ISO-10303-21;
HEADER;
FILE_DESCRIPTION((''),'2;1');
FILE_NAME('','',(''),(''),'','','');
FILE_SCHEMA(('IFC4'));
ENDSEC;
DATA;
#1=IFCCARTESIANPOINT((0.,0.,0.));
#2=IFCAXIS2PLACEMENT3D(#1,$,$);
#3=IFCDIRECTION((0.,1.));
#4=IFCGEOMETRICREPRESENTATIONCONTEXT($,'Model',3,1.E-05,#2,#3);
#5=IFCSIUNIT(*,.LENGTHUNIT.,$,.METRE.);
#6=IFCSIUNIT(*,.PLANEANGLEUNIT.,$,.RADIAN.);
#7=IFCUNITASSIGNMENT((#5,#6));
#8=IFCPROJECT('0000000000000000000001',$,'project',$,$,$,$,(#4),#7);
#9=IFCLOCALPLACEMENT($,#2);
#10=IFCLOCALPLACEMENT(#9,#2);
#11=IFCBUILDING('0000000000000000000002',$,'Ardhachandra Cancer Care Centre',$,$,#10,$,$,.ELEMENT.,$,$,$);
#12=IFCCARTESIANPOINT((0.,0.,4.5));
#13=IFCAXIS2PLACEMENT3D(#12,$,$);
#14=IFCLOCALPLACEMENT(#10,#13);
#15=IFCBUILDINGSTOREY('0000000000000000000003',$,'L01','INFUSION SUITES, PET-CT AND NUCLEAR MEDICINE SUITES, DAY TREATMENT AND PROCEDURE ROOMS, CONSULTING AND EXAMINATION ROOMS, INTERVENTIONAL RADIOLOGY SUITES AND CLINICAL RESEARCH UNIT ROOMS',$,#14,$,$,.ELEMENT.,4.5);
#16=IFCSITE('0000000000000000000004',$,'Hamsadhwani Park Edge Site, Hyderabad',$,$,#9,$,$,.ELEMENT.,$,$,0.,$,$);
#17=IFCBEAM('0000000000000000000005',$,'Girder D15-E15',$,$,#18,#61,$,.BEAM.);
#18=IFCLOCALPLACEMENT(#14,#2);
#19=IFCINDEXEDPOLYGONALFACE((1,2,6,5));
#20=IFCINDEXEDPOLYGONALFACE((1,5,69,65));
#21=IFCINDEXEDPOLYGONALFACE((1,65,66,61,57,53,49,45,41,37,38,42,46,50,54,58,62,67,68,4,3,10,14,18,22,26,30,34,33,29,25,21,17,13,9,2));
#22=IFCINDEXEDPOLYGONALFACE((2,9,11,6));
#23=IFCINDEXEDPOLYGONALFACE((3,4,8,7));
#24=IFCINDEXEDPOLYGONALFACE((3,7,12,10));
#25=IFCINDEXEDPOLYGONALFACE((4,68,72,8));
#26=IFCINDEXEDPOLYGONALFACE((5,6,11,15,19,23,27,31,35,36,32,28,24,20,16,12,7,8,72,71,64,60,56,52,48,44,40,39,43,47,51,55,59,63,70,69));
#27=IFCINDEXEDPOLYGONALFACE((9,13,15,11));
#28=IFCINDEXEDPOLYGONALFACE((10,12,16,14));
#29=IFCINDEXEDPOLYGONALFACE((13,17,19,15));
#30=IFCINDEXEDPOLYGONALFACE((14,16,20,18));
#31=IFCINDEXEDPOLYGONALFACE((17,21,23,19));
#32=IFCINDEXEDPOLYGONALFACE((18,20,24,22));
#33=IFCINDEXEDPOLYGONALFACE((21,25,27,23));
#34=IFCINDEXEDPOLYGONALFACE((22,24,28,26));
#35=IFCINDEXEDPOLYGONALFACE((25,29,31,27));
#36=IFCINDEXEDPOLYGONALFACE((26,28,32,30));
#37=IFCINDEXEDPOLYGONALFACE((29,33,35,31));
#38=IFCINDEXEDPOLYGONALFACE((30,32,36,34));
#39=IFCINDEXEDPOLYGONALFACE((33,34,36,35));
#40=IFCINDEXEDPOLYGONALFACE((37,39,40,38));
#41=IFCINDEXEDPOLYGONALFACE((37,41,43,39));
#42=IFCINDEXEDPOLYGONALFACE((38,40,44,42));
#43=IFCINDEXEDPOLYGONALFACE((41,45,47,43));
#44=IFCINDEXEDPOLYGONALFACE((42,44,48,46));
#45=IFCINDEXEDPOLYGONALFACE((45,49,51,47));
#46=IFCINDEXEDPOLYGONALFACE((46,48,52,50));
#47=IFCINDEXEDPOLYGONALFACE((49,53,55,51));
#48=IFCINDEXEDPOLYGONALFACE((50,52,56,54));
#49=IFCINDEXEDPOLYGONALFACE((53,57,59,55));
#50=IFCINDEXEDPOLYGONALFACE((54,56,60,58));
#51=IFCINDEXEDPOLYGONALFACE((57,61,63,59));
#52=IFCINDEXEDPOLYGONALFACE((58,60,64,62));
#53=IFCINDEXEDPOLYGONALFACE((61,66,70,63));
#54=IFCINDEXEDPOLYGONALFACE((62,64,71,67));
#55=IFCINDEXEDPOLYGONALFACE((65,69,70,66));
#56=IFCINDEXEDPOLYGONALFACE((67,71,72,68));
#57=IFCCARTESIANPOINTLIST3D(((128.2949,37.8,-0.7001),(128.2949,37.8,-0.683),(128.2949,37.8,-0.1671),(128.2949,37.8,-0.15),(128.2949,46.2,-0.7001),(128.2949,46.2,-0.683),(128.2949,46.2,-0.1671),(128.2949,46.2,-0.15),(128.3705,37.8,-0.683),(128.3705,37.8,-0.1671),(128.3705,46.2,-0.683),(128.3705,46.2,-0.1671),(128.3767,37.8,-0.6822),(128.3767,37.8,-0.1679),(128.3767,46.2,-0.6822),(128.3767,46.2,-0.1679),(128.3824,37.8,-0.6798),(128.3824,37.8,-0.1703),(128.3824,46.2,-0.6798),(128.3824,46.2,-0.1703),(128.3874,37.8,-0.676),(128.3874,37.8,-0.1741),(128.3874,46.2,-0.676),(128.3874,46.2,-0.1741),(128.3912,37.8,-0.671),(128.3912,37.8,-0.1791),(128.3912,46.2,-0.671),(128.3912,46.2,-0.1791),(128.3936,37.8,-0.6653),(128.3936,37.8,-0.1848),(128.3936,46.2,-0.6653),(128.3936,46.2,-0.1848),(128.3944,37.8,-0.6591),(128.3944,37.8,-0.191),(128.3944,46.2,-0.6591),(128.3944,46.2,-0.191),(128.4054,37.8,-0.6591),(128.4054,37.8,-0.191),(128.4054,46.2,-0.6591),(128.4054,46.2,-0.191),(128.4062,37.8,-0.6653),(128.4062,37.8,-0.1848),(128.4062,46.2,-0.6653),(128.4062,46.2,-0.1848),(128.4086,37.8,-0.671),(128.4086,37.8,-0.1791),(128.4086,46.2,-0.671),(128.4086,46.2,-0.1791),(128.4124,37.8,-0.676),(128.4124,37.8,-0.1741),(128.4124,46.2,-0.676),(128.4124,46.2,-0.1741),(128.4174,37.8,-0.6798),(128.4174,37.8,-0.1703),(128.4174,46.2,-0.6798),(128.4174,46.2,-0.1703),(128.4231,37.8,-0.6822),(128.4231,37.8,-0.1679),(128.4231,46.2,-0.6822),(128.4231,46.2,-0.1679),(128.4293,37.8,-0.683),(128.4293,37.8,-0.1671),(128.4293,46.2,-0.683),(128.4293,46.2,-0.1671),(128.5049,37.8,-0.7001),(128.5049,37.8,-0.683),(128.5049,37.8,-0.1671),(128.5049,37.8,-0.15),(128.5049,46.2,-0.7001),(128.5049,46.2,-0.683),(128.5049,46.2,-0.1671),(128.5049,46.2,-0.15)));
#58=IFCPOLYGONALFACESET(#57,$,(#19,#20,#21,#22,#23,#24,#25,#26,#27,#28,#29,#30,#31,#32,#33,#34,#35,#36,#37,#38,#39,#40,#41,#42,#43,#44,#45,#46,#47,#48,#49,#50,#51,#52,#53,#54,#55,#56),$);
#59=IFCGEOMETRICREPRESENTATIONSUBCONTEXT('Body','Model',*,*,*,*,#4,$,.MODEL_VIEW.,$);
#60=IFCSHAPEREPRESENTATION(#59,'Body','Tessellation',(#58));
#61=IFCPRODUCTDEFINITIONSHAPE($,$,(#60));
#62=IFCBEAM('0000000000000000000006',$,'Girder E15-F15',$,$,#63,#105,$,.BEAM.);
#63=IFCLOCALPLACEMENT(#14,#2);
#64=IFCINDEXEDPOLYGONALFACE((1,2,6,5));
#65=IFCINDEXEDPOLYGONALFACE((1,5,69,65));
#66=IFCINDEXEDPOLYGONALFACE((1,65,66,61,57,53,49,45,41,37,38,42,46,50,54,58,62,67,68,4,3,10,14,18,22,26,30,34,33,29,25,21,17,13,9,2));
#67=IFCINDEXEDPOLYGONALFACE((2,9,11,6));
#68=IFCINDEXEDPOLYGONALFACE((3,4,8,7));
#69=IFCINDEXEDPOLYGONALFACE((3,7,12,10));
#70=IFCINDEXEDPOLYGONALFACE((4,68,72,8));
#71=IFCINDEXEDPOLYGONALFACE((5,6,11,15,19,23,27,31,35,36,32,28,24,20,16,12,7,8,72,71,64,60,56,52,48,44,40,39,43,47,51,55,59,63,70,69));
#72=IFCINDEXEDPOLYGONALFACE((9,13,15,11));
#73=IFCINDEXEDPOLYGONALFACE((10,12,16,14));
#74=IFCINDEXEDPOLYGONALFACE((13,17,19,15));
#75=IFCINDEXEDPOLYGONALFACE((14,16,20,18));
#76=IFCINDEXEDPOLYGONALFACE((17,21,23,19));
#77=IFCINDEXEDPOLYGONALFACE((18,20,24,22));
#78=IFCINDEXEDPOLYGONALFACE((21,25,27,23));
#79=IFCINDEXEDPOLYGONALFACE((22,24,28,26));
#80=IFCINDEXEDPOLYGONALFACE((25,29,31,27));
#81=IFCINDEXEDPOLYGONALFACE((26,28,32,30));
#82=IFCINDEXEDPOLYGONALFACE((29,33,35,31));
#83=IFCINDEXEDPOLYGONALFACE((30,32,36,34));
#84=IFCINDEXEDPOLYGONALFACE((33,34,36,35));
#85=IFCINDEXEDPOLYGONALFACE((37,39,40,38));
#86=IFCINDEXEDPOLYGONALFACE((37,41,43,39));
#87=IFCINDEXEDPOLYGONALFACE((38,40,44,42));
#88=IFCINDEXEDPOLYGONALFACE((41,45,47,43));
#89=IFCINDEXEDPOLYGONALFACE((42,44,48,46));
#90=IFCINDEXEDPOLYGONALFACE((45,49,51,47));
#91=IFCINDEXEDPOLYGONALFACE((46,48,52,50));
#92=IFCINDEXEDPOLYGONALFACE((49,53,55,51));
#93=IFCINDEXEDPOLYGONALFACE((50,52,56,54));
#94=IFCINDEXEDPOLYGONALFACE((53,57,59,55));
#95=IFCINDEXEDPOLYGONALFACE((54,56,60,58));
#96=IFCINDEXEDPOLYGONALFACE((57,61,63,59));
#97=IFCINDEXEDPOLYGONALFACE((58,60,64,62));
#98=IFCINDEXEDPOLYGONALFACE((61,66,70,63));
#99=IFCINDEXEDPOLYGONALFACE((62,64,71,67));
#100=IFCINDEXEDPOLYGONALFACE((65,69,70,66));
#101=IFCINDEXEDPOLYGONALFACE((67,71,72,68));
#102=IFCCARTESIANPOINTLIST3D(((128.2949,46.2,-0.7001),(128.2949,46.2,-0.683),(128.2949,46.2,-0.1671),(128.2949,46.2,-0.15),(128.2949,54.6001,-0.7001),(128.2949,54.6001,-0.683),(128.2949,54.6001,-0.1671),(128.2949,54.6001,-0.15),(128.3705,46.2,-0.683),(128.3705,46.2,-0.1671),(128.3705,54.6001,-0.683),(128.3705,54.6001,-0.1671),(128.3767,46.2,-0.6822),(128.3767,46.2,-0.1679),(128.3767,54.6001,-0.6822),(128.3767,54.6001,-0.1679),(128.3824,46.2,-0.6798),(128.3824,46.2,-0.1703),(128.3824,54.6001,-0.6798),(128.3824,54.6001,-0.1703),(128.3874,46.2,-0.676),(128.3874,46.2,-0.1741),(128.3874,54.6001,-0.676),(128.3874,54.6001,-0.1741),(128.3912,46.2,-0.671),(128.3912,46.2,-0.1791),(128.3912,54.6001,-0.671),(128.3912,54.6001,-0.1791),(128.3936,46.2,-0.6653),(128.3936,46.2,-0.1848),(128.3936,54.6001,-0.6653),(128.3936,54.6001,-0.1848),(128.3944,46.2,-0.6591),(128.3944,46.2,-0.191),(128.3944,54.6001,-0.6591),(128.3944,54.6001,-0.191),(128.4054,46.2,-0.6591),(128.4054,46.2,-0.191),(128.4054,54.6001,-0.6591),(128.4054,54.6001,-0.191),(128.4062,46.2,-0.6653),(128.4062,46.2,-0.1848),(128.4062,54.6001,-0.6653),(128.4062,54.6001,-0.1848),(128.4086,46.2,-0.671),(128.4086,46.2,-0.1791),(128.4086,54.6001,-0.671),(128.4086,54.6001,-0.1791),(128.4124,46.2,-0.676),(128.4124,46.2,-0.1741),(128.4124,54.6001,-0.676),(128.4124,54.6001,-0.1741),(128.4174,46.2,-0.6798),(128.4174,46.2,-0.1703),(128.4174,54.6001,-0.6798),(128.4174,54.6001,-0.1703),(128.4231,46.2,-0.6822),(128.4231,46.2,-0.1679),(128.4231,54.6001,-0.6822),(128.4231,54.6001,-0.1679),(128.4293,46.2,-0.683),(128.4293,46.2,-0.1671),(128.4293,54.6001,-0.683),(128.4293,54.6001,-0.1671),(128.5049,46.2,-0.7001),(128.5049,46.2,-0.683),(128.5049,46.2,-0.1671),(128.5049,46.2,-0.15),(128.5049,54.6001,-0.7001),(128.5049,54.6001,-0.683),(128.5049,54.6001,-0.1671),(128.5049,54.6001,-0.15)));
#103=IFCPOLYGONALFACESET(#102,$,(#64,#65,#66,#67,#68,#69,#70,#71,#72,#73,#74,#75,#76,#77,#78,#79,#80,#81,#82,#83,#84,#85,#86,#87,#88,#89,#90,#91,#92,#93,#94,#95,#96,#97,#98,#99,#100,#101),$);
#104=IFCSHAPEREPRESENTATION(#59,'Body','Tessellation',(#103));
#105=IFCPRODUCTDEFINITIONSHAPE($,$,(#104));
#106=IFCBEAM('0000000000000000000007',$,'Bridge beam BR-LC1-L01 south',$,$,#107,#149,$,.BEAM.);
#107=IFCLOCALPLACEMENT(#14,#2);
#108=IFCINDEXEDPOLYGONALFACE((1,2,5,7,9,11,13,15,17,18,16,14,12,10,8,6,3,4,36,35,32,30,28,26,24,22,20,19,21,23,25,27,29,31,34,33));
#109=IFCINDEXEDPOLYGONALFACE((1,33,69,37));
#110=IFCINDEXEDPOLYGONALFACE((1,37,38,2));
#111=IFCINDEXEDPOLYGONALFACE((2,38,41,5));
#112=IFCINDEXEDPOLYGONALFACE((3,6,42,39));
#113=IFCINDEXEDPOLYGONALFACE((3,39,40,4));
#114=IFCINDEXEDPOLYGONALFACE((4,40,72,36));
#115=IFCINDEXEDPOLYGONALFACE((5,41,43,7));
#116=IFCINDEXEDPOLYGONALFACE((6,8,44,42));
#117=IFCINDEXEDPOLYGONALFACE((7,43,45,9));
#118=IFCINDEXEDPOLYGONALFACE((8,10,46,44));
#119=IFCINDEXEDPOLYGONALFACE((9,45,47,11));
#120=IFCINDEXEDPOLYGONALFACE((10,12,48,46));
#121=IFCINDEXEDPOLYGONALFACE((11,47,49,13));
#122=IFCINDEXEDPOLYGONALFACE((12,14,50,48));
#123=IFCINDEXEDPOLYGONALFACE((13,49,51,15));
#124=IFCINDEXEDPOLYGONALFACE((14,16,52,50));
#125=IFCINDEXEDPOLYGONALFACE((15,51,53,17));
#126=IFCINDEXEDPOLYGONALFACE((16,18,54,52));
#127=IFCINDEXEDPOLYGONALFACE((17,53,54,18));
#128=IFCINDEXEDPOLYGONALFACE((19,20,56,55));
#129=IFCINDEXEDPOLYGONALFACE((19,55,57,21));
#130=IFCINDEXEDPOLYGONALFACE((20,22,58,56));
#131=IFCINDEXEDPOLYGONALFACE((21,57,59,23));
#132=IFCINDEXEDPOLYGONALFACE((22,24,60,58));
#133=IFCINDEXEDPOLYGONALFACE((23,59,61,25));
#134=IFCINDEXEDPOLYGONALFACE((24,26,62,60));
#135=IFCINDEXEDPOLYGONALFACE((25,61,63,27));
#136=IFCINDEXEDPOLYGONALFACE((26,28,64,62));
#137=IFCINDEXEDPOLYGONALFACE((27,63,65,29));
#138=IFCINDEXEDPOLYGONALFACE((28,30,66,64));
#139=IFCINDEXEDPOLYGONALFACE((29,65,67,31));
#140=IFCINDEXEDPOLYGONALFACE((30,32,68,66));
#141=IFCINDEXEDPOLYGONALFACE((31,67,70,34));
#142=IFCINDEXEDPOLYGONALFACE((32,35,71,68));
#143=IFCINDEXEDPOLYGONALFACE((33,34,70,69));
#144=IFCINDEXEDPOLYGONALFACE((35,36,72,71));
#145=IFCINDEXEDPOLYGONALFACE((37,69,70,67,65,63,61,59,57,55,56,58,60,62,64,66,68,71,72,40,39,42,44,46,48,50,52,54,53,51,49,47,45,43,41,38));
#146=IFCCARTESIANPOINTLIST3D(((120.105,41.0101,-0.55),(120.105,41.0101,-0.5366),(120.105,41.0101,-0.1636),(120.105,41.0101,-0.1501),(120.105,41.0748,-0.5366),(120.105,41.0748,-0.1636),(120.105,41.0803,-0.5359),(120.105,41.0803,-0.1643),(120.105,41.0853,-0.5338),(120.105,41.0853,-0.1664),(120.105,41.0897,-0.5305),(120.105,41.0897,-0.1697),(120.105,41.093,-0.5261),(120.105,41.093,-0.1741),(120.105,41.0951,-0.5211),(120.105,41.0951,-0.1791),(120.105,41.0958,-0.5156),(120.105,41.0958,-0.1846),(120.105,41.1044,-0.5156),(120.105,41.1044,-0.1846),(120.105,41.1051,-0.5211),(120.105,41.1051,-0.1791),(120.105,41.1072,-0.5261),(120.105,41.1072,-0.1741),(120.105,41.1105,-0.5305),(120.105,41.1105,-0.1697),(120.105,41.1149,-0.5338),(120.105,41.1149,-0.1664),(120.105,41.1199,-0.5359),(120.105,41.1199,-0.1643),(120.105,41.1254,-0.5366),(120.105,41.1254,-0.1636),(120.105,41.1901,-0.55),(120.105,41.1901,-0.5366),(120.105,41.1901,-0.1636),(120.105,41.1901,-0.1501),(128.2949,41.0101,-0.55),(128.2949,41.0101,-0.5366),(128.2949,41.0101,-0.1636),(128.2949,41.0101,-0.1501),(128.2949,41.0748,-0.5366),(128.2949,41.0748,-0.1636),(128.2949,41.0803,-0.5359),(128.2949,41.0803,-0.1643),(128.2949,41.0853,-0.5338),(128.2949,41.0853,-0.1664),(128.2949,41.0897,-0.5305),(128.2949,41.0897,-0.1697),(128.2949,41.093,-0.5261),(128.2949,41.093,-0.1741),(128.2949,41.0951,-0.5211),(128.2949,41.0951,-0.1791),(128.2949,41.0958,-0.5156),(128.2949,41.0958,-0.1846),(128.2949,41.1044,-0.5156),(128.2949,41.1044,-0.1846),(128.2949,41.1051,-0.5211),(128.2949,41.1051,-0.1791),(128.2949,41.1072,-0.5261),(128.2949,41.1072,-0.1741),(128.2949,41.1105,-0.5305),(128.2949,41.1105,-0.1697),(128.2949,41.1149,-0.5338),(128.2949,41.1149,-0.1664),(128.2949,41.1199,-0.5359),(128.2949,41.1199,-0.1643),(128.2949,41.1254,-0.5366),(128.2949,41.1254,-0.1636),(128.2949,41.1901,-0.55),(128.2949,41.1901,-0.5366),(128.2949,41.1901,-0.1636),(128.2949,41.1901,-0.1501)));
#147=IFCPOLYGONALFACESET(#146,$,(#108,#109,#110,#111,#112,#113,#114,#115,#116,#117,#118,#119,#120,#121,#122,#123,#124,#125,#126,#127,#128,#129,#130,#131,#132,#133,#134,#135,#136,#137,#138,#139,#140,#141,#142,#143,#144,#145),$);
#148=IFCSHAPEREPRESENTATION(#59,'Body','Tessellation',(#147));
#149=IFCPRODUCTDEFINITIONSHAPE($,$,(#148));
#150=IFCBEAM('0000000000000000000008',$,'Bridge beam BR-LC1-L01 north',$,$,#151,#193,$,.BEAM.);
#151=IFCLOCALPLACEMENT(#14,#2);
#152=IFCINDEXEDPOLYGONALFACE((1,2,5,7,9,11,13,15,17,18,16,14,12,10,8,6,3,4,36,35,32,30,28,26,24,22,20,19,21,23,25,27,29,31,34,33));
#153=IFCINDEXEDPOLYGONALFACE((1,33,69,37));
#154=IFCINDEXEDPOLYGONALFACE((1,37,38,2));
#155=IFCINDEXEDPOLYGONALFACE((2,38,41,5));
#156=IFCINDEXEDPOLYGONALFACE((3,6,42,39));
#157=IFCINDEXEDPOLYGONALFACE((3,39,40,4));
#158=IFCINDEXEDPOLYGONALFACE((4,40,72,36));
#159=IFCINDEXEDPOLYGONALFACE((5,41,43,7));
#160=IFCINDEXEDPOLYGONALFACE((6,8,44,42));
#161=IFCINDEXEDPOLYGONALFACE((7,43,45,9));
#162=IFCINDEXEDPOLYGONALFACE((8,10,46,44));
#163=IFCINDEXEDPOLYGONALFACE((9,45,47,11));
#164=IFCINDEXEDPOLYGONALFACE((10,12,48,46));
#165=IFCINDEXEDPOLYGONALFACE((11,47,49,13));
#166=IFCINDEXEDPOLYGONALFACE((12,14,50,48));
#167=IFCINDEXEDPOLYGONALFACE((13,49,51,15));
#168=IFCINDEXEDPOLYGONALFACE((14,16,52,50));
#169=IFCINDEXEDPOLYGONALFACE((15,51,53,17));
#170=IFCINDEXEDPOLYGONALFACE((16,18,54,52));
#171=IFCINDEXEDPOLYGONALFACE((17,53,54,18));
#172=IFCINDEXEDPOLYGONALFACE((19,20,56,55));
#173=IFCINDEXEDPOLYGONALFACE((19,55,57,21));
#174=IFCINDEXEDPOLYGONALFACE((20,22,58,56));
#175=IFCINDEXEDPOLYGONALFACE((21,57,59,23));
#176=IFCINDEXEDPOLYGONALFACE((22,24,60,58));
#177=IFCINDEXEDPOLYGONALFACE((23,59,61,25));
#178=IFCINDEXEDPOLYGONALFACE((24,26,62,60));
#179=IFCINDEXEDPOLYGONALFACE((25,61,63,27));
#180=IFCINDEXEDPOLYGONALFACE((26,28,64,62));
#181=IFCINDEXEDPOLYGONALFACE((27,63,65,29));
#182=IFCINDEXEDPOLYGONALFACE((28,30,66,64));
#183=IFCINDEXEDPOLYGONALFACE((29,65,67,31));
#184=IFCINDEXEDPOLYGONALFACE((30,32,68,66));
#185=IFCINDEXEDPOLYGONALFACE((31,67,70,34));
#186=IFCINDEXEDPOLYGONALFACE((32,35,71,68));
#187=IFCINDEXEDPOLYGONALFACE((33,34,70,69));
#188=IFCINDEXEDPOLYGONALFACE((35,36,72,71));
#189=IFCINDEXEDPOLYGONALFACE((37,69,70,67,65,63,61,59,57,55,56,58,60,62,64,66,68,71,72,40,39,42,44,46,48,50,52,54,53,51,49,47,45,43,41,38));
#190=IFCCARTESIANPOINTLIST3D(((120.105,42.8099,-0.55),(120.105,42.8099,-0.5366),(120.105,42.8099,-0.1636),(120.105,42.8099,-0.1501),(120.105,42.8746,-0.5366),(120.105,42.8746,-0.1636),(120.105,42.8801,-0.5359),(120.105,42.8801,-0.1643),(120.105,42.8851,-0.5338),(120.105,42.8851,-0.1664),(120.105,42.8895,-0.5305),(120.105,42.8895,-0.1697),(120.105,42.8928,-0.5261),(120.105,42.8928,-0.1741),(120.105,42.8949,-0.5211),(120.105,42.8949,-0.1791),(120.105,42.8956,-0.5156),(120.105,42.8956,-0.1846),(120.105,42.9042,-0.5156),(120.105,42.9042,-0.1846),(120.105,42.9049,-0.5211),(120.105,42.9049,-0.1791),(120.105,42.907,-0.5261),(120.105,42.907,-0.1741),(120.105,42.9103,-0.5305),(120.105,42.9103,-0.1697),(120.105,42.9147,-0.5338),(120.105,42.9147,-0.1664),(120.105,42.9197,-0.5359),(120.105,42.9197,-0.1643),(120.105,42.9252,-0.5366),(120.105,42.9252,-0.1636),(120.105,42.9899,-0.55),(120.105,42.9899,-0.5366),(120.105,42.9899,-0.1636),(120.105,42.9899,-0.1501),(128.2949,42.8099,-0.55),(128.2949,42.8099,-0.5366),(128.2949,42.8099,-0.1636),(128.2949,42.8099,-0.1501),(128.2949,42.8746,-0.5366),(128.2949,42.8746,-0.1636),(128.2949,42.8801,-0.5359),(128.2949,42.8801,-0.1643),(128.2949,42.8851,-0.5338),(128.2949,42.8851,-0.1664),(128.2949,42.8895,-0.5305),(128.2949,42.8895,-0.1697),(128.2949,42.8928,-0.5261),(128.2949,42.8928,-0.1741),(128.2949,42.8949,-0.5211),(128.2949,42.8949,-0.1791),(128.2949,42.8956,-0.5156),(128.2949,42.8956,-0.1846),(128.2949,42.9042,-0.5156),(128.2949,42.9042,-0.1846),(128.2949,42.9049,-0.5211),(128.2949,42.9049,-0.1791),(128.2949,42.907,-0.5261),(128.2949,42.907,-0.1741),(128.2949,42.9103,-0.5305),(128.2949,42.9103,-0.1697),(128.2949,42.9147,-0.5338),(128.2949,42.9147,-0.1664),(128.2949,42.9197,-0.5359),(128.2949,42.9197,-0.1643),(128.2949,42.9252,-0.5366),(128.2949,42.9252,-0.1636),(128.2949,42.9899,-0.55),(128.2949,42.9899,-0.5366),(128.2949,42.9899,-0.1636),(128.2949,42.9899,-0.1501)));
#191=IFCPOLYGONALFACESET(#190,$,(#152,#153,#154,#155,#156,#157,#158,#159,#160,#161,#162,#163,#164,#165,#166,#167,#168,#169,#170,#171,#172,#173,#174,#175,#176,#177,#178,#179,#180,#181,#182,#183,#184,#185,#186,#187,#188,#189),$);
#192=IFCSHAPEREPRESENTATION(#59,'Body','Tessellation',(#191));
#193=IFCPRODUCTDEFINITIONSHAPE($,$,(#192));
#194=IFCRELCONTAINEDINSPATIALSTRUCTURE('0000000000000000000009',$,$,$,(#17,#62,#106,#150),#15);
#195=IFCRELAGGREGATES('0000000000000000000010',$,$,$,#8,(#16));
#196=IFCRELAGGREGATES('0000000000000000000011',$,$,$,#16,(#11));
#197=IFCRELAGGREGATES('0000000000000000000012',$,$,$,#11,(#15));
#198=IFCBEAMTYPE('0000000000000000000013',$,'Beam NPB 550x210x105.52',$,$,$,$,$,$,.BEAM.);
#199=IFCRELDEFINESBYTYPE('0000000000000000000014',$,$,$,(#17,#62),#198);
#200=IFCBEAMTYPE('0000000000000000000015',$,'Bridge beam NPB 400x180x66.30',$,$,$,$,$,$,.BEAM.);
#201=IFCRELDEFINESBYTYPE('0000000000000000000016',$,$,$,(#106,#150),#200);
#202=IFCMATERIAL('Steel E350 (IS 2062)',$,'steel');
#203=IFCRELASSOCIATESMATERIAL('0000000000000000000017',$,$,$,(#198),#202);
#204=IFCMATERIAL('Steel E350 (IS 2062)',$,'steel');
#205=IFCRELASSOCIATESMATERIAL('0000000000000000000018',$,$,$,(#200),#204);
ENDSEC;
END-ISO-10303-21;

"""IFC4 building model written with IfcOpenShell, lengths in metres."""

from ifc_helpers import new_model, si_unit, direction, frame, origin, origin_2d, place, context, subcontext, project, spatial, i_section, extrude, material, material_profile, profile_set, type_object, element, save


model = new_model("IFC4")

# Units and contexts
model_context = context("Model", 3, precision=1e-05, world=origin(), true_north=direction((0.0, 1.0)))
body_context = subcontext(model_context, "Body", "Model", "MODEL_VIEW")
ifc_project = project(units=[si_unit("LENGTHUNIT", "METRE"), si_unit("PLANEANGLEUNIT", "RADIAN")], contexts=[model_context])

# Site, building, storey
site_placement = place(None, origin())
site = spatial("IfcSite", under=ifc_project, at=site_placement, Name="Hamsadhwani Park Edge Site, Hyderabad", CompositionType="ELEMENT", RefElevation=0.0)
building_placement = place(site_placement, origin())
building = spatial("IfcBuilding", under=site, at=building_placement, Name="Ardhachandra Cancer Care Centre", CompositionType="ELEMENT")
storey_placement = place(building_placement, frame((0.0, 0.0, 4.5)))
storey = spatial("IfcBuildingStorey", under=building, at=storey_placement, Name="L01", Description="INFUSION SUITES, PET-CT AND NUCLEAR MEDICINE SUITES, DAY TREATMENT AND PROCEDURE ROOMS, CONSULTING AND EXAMINATION ROOMS, INTERVENTIONAL RADIOLOGY SUITES AND CLINICAL RESEARCH UNIT ROOMS", CompositionType="ELEMENT", Elevation=4.5)

# Beams
ifc_material_1 = material(Name="Steel E350 (IS 2062)", Category="steel")
ifc_material_profile_1 = material_profile(ifc_material_1, i_section(OverallWidth=0.21, OverallDepth=0.55, WebThickness=0.011, FlangeThickness=0.0171, FilletRadius=0.0239, at=origin_2d()), Name="NPB 550x210x105.52")
ifc_profile_set_1 = profile_set([ifc_material_profile_1], Name="Steel E350 (IS 2062)")
beam_type_1 = type_object("IfcBeamType", Name="Beam NPB 550x210x105.52", PredefinedType="BEAM", material=ifc_profile_set_1)
beam_1_placement = place(storey_placement, frame((128.3999, 37.8, -0.425), z_axis=(0.0, 1.0, 0.0), x_axis=(-1.0, 0.0, 0.0)))
element("IfcBeam", 1, at=beam_1_placement, inside=storey, type_object=beam_type_1, Name="Girder D15-E15", PredefinedType="BEAM", context=body_context, shape_type="SweptSolid", body=[
    extrude(i_section(OverallWidth=0.21, OverallDepth=0.55, WebThickness=0.011, FlangeThickness=0.0171, FilletRadius=0.0239, at=origin_2d()), origin(), (0.0, 0.0, 1.0), 8.3999),
])
beam_2_placement = place(storey_placement, frame((128.3999, 46.2, -0.425), z_axis=(0.0, 1.0, 0.0), x_axis=(-1.0, 0.0, 0.0)))
element("IfcBeam", 2, at=beam_2_placement, inside=storey, type_object=beam_type_1, Name="Girder E15-F15", PredefinedType="BEAM", context=body_context, shape_type="SweptSolid", body=[
    extrude(i_section(OverallWidth=0.21, OverallDepth=0.55, WebThickness=0.011, FlangeThickness=0.0171, FilletRadius=0.0239, at=origin_2d()), origin(), (0.0, 0.0, 1.0), 8.4001),
])
ifc_material_2 = material(Name="Steel E350 (IS 2062)", Category="steel")
ifc_material_profile_2 = material_profile(ifc_material_2, i_section(OverallWidth=0.1799, OverallDepth=0.3999, WebThickness=0.0085, FlangeThickness=0.0134, FilletRadius=0.021, at=origin_2d()), Name="NPB 400x180x66.30")
ifc_profile_set_2 = profile_set([ifc_material_profile_2], Name="Steel E350 (IS 2062)")
beam_type_2 = type_object("IfcBeamType", Name="Bridge beam NPB 400x180x66.30", PredefinedType="BEAM", material=ifc_profile_set_2)
for number, where, z_axis, x_axis, name in (
    (3, (120.105, 41.1001, -0.3501), (1.0, 0.0, 0.0), (0.0, 1.0, 0.0), "Bridge beam BR-LC1-L01 south"),
    (4, (120.105, 42.8999, -0.3501), (1.0, 0.0, 0.0), (0.0, 1.0, 0.0), "Bridge beam BR-LC1-L01 north"),
):
    element("IfcBeam", number, at=place(storey_placement, frame(where, z_axis=z_axis, x_axis=x_axis)), inside=storey, type_object=beam_type_2, Name=name, PredefinedType="BEAM", context=body_context, shape_type="SweptSolid", body=[
        extrude(i_section(OverallWidth=0.1799, OverallDepth=0.3999, WebThickness=0.0085, FlangeThickness=0.0134, FilletRadius=0.021, at=origin_2d()), origin(), (0.0, 0.0, 1.0), 8.1899),
    ])

save(model, "model.ifc")
